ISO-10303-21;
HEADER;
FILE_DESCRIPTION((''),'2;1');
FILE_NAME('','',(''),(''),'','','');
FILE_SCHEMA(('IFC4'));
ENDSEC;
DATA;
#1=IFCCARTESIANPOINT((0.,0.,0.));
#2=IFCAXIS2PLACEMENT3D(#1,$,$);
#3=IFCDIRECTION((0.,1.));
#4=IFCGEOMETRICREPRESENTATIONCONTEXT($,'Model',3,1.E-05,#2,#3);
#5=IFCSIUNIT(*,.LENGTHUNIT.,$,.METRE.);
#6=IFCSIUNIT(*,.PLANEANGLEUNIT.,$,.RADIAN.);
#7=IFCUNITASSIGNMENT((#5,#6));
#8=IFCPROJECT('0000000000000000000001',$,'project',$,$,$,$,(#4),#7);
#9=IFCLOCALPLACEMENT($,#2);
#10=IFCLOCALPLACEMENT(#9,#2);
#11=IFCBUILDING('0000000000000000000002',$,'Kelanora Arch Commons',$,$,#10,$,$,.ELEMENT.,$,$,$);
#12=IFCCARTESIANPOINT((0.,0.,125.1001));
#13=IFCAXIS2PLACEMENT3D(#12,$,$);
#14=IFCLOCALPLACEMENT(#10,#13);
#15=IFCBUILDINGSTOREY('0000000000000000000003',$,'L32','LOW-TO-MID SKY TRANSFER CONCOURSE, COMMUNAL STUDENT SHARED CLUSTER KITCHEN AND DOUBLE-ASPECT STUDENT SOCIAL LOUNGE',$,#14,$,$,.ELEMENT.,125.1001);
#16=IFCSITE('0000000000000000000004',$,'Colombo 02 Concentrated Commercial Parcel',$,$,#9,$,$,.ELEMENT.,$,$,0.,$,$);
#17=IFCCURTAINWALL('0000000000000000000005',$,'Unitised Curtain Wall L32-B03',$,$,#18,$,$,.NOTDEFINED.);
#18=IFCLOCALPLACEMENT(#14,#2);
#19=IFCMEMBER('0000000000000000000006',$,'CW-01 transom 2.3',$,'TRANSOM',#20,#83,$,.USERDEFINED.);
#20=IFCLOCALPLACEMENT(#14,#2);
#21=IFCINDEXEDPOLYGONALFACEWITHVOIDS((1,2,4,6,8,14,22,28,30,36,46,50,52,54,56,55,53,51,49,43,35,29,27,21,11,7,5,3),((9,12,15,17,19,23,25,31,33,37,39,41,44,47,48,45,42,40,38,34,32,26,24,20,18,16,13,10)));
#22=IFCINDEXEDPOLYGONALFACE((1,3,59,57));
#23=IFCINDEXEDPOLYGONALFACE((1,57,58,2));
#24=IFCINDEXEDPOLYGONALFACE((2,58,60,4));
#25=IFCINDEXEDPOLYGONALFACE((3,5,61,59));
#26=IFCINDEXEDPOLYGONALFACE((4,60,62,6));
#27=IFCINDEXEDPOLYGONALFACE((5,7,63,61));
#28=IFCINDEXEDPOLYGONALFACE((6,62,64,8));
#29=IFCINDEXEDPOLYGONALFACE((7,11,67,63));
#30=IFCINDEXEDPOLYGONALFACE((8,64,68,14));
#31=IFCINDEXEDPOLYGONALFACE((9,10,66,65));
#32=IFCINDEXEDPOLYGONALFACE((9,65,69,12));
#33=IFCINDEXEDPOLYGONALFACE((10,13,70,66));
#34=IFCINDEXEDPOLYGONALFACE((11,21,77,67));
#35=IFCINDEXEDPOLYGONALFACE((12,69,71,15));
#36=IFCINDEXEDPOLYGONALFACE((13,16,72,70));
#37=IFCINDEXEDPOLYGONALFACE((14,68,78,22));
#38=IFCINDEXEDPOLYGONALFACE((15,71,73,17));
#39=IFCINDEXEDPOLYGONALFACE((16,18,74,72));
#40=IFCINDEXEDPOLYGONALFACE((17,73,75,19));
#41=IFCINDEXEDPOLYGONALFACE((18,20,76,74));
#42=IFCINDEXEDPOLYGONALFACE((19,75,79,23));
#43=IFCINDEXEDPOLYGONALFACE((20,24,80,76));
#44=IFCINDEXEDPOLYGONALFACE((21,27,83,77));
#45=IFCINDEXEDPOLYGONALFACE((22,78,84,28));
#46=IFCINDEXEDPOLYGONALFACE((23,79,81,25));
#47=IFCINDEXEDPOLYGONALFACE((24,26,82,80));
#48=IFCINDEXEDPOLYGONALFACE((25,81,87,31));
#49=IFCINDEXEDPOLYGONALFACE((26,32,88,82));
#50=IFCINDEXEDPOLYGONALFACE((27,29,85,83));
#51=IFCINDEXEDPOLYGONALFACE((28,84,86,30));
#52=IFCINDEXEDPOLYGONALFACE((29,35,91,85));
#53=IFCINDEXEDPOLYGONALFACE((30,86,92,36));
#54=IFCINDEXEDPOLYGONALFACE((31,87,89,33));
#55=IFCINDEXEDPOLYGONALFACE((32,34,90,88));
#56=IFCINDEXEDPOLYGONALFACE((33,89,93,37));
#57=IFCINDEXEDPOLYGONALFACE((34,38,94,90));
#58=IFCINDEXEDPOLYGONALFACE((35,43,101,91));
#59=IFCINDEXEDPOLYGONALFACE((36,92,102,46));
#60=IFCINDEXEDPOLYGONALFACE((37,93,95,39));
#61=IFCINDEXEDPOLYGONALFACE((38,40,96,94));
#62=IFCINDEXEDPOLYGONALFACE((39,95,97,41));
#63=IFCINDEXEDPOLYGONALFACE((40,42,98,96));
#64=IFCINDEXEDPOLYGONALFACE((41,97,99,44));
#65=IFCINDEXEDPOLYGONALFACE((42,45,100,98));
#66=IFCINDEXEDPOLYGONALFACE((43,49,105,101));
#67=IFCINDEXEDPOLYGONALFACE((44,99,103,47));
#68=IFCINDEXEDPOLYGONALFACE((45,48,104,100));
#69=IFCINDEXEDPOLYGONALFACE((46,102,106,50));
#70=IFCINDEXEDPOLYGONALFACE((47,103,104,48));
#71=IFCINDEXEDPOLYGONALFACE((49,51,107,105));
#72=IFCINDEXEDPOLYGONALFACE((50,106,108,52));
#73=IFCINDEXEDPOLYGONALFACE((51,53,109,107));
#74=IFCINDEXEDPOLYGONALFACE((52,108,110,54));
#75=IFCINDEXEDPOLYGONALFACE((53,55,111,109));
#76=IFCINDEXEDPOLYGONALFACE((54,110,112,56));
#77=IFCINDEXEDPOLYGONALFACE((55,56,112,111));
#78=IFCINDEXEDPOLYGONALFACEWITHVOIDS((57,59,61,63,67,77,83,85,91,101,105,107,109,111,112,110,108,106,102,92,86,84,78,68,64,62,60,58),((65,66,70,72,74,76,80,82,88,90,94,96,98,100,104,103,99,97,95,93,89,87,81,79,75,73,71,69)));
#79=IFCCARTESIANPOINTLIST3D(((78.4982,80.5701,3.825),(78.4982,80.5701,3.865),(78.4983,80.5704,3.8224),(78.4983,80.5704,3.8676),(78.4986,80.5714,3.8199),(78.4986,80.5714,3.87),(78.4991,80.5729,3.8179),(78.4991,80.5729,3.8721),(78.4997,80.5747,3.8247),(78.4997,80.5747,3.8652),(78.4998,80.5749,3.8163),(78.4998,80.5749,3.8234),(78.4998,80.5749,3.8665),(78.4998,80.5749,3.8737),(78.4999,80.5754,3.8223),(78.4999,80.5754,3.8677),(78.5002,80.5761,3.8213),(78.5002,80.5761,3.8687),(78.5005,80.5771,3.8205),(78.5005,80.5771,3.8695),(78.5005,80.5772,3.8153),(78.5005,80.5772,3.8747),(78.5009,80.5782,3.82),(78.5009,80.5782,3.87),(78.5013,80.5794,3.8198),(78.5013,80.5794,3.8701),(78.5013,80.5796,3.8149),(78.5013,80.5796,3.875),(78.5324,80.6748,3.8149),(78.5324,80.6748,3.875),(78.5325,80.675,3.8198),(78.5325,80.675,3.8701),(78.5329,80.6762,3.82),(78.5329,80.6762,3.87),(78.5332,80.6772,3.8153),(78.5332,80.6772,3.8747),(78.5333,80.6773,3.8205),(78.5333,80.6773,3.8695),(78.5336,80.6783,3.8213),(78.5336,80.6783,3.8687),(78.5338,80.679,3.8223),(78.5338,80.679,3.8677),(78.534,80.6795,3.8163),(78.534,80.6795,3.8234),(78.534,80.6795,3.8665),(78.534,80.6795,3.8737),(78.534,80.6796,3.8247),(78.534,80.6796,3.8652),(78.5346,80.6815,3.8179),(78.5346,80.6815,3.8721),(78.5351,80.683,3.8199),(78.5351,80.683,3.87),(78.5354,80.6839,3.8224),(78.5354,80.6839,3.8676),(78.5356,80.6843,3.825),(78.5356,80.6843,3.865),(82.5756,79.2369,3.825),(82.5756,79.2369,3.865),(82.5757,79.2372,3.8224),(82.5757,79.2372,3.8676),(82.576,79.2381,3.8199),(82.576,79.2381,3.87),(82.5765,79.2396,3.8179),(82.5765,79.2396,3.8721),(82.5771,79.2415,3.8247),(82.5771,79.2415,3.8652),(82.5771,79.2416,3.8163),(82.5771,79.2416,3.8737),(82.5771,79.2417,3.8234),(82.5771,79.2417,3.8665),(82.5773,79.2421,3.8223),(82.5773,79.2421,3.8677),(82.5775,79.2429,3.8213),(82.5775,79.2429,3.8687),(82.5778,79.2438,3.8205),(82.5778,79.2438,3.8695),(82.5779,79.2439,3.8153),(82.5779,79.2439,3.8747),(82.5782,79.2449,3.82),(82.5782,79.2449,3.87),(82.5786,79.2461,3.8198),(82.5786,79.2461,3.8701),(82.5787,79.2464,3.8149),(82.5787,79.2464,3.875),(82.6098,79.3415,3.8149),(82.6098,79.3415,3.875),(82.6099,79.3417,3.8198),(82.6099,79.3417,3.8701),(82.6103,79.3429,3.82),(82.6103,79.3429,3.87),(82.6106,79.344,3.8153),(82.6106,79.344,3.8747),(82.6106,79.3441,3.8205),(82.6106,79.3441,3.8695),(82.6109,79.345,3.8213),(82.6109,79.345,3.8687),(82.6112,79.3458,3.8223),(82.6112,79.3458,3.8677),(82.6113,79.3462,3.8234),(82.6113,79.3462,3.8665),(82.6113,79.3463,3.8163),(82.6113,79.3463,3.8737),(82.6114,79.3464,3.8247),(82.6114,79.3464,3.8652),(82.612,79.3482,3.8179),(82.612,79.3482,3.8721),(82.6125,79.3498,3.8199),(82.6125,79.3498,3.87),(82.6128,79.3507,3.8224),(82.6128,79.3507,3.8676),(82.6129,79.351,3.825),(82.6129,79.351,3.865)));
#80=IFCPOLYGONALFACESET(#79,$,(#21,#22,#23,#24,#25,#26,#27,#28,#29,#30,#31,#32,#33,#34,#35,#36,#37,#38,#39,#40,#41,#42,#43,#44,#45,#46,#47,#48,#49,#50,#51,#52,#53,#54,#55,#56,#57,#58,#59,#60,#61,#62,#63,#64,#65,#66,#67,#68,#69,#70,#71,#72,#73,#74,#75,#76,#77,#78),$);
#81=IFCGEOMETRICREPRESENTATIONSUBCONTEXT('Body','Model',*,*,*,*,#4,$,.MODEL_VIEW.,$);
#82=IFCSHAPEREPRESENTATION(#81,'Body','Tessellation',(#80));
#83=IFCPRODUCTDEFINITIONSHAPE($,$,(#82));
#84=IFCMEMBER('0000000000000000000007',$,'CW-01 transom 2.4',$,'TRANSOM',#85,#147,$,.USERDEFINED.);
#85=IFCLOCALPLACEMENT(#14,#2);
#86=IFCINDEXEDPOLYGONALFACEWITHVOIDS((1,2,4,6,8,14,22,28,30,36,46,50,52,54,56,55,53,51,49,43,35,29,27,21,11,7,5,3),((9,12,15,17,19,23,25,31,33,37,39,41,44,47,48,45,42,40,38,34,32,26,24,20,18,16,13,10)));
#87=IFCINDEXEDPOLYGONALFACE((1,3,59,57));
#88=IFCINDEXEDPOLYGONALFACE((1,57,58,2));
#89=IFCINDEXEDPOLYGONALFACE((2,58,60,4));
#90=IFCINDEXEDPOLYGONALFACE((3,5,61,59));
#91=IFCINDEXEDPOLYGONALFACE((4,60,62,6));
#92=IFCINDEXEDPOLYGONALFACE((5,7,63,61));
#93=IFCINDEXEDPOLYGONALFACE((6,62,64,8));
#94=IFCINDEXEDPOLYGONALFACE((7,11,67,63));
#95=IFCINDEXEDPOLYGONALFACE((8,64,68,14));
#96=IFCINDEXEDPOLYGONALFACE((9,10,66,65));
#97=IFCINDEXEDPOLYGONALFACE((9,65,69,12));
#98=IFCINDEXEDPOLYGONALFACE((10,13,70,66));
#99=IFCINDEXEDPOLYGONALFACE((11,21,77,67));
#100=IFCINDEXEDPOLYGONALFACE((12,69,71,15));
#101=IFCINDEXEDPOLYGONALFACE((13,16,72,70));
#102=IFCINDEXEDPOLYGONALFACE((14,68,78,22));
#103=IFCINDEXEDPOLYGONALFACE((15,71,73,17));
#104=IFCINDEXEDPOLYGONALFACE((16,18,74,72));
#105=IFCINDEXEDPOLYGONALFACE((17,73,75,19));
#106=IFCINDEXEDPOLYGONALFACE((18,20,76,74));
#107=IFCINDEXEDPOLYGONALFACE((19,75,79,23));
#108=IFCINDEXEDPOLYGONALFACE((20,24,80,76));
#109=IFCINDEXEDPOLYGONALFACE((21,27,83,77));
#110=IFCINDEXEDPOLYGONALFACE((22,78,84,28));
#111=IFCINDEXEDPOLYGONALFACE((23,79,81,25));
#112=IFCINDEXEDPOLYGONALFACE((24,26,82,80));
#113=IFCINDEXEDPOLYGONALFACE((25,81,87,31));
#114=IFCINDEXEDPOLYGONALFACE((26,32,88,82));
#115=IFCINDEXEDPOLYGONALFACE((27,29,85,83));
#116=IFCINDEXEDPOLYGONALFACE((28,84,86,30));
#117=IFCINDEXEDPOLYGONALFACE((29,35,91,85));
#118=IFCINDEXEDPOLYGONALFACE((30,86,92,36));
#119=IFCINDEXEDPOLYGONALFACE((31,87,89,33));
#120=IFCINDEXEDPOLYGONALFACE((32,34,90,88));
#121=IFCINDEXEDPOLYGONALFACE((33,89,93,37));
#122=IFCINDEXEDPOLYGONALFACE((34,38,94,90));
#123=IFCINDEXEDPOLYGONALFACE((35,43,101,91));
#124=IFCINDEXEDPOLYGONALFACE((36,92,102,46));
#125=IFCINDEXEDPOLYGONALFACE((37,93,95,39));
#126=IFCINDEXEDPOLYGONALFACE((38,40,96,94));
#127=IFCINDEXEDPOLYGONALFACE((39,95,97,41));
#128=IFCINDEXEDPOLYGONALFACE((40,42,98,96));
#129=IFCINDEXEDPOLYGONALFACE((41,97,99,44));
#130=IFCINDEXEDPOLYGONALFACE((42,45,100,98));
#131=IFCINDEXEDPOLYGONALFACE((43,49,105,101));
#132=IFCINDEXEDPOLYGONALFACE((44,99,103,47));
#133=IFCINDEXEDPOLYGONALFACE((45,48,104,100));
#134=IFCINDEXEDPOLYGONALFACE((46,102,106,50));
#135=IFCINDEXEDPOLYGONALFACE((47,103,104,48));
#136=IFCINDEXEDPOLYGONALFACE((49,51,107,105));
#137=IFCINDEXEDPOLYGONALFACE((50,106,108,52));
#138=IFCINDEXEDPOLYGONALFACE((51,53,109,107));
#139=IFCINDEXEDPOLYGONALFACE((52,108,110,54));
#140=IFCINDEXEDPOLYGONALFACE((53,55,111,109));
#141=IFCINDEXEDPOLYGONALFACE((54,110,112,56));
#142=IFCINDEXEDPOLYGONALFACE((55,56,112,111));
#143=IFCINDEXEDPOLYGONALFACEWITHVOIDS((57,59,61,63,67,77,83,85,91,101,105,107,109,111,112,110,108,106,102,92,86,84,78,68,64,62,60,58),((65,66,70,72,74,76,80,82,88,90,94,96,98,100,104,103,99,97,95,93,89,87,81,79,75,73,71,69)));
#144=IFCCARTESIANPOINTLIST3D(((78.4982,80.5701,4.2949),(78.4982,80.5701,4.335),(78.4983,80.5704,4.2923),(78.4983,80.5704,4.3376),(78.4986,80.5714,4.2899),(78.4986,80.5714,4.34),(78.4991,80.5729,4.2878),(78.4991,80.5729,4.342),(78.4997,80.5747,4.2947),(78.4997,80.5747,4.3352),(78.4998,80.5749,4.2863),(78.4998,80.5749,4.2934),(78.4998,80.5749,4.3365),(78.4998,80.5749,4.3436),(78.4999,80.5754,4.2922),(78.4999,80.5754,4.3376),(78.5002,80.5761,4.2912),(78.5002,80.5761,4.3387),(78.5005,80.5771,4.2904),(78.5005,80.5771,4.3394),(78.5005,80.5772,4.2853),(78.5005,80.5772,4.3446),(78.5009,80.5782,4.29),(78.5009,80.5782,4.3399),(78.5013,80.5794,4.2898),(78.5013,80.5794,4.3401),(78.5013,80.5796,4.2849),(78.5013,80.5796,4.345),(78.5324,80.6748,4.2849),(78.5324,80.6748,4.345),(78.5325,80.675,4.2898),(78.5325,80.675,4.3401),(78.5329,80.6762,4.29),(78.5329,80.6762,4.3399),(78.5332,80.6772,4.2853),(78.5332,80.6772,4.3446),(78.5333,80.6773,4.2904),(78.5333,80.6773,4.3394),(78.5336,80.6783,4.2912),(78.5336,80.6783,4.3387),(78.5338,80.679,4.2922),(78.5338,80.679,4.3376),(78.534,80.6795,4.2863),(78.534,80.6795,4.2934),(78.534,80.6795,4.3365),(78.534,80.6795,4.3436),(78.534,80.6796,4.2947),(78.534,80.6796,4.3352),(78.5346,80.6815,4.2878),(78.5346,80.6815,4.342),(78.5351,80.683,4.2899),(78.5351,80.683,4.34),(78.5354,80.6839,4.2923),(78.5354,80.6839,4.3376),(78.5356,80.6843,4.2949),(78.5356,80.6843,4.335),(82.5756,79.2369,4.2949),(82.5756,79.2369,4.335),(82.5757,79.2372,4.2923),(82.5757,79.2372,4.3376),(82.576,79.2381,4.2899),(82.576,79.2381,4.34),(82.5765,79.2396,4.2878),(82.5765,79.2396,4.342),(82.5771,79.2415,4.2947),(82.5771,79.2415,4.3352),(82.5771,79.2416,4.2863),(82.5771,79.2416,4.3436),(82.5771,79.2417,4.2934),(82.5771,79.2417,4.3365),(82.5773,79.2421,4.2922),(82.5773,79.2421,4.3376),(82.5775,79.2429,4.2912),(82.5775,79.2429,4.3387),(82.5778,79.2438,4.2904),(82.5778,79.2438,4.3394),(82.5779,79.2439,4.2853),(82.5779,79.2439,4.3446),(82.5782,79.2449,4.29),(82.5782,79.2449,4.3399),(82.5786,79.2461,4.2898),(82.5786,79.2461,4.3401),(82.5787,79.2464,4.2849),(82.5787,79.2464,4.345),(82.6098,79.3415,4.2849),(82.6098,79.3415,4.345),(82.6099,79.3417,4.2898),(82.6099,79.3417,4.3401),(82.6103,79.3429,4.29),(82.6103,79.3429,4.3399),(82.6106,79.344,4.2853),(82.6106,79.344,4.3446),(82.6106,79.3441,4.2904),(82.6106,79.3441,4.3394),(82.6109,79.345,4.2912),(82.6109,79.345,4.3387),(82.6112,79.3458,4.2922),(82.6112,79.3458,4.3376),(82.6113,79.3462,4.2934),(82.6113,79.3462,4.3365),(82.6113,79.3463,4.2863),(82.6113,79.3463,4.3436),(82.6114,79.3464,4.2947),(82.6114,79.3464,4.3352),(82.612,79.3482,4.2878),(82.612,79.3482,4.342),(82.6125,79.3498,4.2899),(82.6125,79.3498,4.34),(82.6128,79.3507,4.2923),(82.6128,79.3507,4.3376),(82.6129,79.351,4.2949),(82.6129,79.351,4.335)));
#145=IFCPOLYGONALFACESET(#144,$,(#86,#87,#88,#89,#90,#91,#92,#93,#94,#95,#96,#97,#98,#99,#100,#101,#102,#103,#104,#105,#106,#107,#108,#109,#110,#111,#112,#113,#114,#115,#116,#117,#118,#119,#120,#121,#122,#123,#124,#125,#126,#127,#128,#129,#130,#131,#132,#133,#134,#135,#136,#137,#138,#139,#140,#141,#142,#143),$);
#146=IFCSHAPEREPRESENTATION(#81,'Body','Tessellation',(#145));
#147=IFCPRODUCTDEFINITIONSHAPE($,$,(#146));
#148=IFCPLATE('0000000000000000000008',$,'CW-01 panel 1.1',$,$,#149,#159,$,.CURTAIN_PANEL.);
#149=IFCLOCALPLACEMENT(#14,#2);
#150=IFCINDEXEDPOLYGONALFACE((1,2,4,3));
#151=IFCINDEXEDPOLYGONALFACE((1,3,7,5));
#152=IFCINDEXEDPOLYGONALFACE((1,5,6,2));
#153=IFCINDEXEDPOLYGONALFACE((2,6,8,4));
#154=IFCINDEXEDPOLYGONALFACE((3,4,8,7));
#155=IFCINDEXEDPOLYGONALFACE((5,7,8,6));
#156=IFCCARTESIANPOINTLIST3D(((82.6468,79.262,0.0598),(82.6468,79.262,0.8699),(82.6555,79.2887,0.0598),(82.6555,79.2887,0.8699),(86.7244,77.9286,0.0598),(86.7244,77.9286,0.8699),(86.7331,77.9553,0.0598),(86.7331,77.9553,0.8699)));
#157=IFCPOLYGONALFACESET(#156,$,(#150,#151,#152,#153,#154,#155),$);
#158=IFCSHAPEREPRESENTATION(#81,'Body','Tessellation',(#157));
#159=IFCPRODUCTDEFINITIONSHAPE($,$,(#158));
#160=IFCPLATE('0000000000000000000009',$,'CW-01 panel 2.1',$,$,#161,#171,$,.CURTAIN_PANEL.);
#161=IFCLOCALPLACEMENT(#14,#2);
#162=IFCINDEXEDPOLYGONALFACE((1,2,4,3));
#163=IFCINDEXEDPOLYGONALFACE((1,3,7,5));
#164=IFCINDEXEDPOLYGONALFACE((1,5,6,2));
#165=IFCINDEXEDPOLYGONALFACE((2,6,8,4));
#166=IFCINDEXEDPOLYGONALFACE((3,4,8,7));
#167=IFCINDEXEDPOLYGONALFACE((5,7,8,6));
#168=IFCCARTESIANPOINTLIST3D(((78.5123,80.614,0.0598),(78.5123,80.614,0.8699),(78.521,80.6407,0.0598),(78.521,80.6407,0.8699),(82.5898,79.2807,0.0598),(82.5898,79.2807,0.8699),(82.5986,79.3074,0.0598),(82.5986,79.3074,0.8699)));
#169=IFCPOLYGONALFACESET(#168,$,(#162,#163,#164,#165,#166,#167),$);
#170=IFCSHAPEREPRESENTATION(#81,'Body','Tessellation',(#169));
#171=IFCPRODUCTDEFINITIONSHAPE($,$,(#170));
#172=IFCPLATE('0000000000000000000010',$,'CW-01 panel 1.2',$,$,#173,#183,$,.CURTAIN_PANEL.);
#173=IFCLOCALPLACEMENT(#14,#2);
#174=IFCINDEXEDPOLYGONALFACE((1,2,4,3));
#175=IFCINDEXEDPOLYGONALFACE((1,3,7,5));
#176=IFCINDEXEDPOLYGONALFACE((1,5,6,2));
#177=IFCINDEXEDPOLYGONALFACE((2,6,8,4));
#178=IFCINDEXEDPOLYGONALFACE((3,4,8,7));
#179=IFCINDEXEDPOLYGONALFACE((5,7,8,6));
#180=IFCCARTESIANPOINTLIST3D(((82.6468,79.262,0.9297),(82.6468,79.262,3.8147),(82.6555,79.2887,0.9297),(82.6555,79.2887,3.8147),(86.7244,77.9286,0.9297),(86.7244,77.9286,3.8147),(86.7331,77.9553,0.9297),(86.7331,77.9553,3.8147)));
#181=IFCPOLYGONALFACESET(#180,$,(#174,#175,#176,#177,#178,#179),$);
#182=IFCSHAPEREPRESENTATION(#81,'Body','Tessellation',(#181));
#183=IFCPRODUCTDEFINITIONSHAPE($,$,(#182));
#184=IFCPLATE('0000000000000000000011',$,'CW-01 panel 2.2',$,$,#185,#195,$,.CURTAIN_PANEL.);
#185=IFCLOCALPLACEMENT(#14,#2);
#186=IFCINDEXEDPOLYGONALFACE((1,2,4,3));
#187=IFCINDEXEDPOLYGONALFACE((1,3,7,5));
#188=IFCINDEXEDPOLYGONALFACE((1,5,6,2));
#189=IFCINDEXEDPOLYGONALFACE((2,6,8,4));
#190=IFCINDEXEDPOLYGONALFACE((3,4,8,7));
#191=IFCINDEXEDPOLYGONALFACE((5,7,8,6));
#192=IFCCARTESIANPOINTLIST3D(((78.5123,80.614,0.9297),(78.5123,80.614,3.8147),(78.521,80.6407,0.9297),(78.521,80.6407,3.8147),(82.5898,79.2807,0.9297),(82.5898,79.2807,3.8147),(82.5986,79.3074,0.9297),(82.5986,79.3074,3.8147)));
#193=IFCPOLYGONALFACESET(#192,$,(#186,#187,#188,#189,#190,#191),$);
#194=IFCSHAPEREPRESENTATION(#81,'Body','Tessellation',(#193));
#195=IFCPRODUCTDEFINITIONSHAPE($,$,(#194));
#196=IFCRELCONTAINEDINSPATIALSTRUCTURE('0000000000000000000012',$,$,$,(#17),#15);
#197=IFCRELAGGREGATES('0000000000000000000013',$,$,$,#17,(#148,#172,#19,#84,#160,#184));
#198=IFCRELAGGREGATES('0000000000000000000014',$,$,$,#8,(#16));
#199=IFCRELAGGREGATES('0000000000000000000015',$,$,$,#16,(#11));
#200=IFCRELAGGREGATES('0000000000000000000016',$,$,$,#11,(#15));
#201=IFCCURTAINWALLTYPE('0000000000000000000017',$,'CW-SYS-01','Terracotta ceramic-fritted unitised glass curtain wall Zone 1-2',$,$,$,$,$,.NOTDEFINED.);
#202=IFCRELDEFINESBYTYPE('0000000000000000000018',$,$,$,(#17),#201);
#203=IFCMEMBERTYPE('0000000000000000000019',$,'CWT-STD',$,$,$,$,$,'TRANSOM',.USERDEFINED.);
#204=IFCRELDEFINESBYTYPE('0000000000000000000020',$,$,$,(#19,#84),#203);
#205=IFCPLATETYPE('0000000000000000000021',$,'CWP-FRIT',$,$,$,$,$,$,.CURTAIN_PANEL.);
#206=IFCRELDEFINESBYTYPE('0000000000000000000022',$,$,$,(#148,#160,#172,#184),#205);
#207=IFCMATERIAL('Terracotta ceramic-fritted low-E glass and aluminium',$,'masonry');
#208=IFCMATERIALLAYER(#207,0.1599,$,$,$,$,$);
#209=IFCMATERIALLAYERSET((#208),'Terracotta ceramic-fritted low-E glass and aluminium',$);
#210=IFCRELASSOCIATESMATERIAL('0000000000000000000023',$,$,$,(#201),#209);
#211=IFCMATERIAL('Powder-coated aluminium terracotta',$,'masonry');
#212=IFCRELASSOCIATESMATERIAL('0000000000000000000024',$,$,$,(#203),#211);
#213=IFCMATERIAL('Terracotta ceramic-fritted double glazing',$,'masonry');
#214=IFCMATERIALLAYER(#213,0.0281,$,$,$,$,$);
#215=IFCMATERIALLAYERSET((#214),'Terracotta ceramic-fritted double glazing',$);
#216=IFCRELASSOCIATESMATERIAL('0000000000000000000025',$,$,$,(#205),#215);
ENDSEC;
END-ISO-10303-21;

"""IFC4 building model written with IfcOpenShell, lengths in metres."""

from ifc_helpers import new_model, si_unit, direction, frame, origin, origin_2d, place, context, subcontext, project, spatial, rectangle, hollow_rectangle, extrude, source, transform, mapped, material, layer, layer_set, material_profile, profile_set, type_object, element, aggregate, save


model = new_model("IFC4")

# Units and contexts
model_context = context("Model", 3, precision=1e-05, world=origin(), true_north=direction((0.0, 1.0)))
body_context = subcontext(model_context, "Body", "Model", "MODEL_VIEW")
ifc_project = project(units=[si_unit("LENGTHUNIT", "METRE"), si_unit("PLANEANGLEUNIT", "RADIAN")], contexts=[model_context])

# Site, building, storey
site_placement = place(None, origin())
site = spatial("IfcSite", under=ifc_project, at=site_placement, Name="Colombo 02 Concentrated Commercial Parcel", CompositionType="ELEMENT", RefElevation=0.0)
building_placement = place(site_placement, origin())
building = spatial("IfcBuilding", under=site, at=building_placement, Name="Kelanora Arch Commons", CompositionType="ELEMENT")
storey_placement = place(building_placement, frame((0.0, 0.0, 125.1001)))
storey = spatial("IfcBuildingStorey", under=building, at=storey_placement, Name="L32", Description="LOW-TO-MID SKY TRANSFER CONCOURSE, COMMUNAL STUDENT SHARED CLUSTER KITCHEN AND DOUBLE-ASPECT STUDENT SOCIAL LOUNGE", CompositionType="ELEMENT", Elevation=125.1001)

# Curtain wall, members, plates
ifc_material_1 = material(Name="Terracotta ceramic-fritted low-E glass and aluminium", Category="masonry")
ifc_layer_1 = layer(ifc_material_1, 0.1599)
ifc_layer_set_1 = layer_set([ifc_layer_1], Name="Terracotta ceramic-fritted low-E glass and aluminium")
curtain_wall_type = type_object("IfcCurtainWallType", Name="CW-SYS-01", Description="Terracotta ceramic-fritted unitised glass curtain wall Zone 1-2", PredefinedType="NOTDEFINED", material=ifc_layer_set_1)
curtain_wall_placement = place(storey_placement, origin())
curtain_wall = element("IfcCurtainWall", 1, at=curtain_wall_placement, inside=storey, type_object=curtain_wall_type, Name="Unitised Curtain Wall L32-B03", PredefinedType="NOTDEFINED")
ifc_material_2 = material(Name="Powder-coated aluminium terracotta", Category="masonry")
ifc_material_profile_1 = material_profile(ifc_material_2, hollow_rectangle(XDim=0.1201, YDim=0.0601, WallThickness=0.0049, InnerFilletRadius=0.0049, OuterFilletRadius=0.01, at=origin_2d()), Name="CWT120x60")
ifc_profile_set_1 = profile_set([ifc_material_profile_1], Name="Powder-coated aluminium terracotta")
member_type_1 = type_object("IfcMemberType", Name="CWT-STD", ElementType="TRANSOM", PredefinedType="USERDEFINED", material=ifc_profile_set_1)
member_1_placement = place(storey_placement, frame((82.5942, 79.2939, 3.845), z_axis=(-0.950478, 0.310793, 0.0), x_axis=(-0.310793, -0.950478, 0.0)))
member_1 = element("IfcMember", 2, at=member_1_placement, type_object=member_type_1, Name="CW-01 transom 2.3", ObjectType="TRANSOM", PredefinedType="USERDEFINED", context=body_context, shape_type="SweptSolid", body=[
    extrude(hollow_rectangle(XDim=0.1201, YDim=0.0601, WallThickness=0.0049, InnerFilletRadius=0.0049, OuterFilletRadius=0.01, at=origin_2d()), origin(), (0.0, 0.0, 1.0), 4.2898),
])
member_2_placement = place(storey_placement, frame((82.5942, 79.2939, 4.3149), z_axis=(-0.950478, 0.310793, 0.0), x_axis=(-0.310793, -0.950478, 0.0)))
member_2 = element("IfcMember", 3, at=member_2_placement, type_object=member_type_1, Name="CW-01 transom 2.4", ObjectType="TRANSOM", PredefinedType="USERDEFINED", context=body_context, shape_type="SweptSolid", body=[
    extrude(hollow_rectangle(XDim=0.1201, YDim=0.0601, WallThickness=0.0049, InnerFilletRadius=0.0049, OuterFilletRadius=0.01, at=origin_2d()), origin(), (0.0, 0.0, 1.0), 4.2898),
])
ifc_material_3 = material(Name="Terracotta ceramic-fritted double glazing", Category="masonry")
ifc_layer_2 = layer(ifc_material_3, 0.0281)
ifc_layer_set_2 = layer_set([ifc_layer_2], Name="Terracotta ceramic-fritted double glazing")
plate_type = type_object("IfcPlateType", Name="CWP-FRIT", PredefinedType="CURTAIN_PANEL", material=ifc_layer_set_2)
shared_shape_1 = source(origin(), body_context, "Body", "SweptSolid", [
    extrude(rectangle(XDim=4.29, YDim=0.0281, at=origin_2d()), origin(), (0.0, 0.0, 1.0), 0.8101),
])
plate_1_placement = place(storey_placement, frame((84.6899, 78.6086, 0.0598), z_axis=(0.0, 0.0, 1.0), x_axis=(-0.950474, 0.310805, 0.0)))
plate_1 = element("IfcPlate", 4, at=plate_1_placement, type_object=plate_type, Name="CW-01 panel 1.1", PredefinedType="CURTAIN_PANEL", context=body_context, shape_type="MappedRepresentation", body=[
    mapped(shared_shape_1, transform((0.0, 0.0, 0.0), scale=1.0)),
])
plate_2_placement = place(storey_placement, frame((80.5554, 79.9607, 0.0598), z_axis=(0.0, 0.0, 1.0), x_axis=(-0.950474, 0.310805, 0.0)))
plate_2 = element("IfcPlate", 5, at=plate_2_placement, type_object=plate_type, Name="CW-01 panel 2.1", PredefinedType="CURTAIN_PANEL", context=body_context, shape_type="MappedRepresentation", body=[
    mapped(shared_shape_1, transform((0.0, 0.0, 0.0), scale=1.0)),
])
shared_shape_2 = source(origin(), body_context, "Body", "SweptSolid", [
    extrude(rectangle(XDim=4.29, YDim=0.0281, at=origin_2d()), origin(), (0.0, 0.0, 1.0), 2.885),
])
plate_3_placement = place(storey_placement, frame((84.6899, 78.6086, 0.9297), z_axis=(0.0, 0.0, 1.0), x_axis=(-0.950474, 0.310805, 0.0)))
plate_3 = element("IfcPlate", 6, at=plate_3_placement, type_object=plate_type, Name="CW-01 panel 1.2", PredefinedType="CURTAIN_PANEL", context=body_context, shape_type="MappedRepresentation", body=[
    mapped(shared_shape_2, transform((0.0, 0.0, 0.0), scale=1.0)),
])
plate_4_placement = place(storey_placement, frame((80.5554, 79.9607, 0.9297), z_axis=(0.0, 0.0, 1.0), x_axis=(-0.950474, 0.310805, 0.0)))
plate_4 = element("IfcPlate", 7, at=plate_4_placement, type_object=plate_type, Name="CW-01 panel 2.2", PredefinedType="CURTAIN_PANEL", context=body_context, shape_type="MappedRepresentation", body=[
    mapped(shared_shape_2, transform((0.0, 0.0, 0.0), scale=1.0)),
])
aggregate(curtain_wall, [plate_1, plate_3, member_1, member_2, plate_2, plate_4])

save(model, "model.ifc")
